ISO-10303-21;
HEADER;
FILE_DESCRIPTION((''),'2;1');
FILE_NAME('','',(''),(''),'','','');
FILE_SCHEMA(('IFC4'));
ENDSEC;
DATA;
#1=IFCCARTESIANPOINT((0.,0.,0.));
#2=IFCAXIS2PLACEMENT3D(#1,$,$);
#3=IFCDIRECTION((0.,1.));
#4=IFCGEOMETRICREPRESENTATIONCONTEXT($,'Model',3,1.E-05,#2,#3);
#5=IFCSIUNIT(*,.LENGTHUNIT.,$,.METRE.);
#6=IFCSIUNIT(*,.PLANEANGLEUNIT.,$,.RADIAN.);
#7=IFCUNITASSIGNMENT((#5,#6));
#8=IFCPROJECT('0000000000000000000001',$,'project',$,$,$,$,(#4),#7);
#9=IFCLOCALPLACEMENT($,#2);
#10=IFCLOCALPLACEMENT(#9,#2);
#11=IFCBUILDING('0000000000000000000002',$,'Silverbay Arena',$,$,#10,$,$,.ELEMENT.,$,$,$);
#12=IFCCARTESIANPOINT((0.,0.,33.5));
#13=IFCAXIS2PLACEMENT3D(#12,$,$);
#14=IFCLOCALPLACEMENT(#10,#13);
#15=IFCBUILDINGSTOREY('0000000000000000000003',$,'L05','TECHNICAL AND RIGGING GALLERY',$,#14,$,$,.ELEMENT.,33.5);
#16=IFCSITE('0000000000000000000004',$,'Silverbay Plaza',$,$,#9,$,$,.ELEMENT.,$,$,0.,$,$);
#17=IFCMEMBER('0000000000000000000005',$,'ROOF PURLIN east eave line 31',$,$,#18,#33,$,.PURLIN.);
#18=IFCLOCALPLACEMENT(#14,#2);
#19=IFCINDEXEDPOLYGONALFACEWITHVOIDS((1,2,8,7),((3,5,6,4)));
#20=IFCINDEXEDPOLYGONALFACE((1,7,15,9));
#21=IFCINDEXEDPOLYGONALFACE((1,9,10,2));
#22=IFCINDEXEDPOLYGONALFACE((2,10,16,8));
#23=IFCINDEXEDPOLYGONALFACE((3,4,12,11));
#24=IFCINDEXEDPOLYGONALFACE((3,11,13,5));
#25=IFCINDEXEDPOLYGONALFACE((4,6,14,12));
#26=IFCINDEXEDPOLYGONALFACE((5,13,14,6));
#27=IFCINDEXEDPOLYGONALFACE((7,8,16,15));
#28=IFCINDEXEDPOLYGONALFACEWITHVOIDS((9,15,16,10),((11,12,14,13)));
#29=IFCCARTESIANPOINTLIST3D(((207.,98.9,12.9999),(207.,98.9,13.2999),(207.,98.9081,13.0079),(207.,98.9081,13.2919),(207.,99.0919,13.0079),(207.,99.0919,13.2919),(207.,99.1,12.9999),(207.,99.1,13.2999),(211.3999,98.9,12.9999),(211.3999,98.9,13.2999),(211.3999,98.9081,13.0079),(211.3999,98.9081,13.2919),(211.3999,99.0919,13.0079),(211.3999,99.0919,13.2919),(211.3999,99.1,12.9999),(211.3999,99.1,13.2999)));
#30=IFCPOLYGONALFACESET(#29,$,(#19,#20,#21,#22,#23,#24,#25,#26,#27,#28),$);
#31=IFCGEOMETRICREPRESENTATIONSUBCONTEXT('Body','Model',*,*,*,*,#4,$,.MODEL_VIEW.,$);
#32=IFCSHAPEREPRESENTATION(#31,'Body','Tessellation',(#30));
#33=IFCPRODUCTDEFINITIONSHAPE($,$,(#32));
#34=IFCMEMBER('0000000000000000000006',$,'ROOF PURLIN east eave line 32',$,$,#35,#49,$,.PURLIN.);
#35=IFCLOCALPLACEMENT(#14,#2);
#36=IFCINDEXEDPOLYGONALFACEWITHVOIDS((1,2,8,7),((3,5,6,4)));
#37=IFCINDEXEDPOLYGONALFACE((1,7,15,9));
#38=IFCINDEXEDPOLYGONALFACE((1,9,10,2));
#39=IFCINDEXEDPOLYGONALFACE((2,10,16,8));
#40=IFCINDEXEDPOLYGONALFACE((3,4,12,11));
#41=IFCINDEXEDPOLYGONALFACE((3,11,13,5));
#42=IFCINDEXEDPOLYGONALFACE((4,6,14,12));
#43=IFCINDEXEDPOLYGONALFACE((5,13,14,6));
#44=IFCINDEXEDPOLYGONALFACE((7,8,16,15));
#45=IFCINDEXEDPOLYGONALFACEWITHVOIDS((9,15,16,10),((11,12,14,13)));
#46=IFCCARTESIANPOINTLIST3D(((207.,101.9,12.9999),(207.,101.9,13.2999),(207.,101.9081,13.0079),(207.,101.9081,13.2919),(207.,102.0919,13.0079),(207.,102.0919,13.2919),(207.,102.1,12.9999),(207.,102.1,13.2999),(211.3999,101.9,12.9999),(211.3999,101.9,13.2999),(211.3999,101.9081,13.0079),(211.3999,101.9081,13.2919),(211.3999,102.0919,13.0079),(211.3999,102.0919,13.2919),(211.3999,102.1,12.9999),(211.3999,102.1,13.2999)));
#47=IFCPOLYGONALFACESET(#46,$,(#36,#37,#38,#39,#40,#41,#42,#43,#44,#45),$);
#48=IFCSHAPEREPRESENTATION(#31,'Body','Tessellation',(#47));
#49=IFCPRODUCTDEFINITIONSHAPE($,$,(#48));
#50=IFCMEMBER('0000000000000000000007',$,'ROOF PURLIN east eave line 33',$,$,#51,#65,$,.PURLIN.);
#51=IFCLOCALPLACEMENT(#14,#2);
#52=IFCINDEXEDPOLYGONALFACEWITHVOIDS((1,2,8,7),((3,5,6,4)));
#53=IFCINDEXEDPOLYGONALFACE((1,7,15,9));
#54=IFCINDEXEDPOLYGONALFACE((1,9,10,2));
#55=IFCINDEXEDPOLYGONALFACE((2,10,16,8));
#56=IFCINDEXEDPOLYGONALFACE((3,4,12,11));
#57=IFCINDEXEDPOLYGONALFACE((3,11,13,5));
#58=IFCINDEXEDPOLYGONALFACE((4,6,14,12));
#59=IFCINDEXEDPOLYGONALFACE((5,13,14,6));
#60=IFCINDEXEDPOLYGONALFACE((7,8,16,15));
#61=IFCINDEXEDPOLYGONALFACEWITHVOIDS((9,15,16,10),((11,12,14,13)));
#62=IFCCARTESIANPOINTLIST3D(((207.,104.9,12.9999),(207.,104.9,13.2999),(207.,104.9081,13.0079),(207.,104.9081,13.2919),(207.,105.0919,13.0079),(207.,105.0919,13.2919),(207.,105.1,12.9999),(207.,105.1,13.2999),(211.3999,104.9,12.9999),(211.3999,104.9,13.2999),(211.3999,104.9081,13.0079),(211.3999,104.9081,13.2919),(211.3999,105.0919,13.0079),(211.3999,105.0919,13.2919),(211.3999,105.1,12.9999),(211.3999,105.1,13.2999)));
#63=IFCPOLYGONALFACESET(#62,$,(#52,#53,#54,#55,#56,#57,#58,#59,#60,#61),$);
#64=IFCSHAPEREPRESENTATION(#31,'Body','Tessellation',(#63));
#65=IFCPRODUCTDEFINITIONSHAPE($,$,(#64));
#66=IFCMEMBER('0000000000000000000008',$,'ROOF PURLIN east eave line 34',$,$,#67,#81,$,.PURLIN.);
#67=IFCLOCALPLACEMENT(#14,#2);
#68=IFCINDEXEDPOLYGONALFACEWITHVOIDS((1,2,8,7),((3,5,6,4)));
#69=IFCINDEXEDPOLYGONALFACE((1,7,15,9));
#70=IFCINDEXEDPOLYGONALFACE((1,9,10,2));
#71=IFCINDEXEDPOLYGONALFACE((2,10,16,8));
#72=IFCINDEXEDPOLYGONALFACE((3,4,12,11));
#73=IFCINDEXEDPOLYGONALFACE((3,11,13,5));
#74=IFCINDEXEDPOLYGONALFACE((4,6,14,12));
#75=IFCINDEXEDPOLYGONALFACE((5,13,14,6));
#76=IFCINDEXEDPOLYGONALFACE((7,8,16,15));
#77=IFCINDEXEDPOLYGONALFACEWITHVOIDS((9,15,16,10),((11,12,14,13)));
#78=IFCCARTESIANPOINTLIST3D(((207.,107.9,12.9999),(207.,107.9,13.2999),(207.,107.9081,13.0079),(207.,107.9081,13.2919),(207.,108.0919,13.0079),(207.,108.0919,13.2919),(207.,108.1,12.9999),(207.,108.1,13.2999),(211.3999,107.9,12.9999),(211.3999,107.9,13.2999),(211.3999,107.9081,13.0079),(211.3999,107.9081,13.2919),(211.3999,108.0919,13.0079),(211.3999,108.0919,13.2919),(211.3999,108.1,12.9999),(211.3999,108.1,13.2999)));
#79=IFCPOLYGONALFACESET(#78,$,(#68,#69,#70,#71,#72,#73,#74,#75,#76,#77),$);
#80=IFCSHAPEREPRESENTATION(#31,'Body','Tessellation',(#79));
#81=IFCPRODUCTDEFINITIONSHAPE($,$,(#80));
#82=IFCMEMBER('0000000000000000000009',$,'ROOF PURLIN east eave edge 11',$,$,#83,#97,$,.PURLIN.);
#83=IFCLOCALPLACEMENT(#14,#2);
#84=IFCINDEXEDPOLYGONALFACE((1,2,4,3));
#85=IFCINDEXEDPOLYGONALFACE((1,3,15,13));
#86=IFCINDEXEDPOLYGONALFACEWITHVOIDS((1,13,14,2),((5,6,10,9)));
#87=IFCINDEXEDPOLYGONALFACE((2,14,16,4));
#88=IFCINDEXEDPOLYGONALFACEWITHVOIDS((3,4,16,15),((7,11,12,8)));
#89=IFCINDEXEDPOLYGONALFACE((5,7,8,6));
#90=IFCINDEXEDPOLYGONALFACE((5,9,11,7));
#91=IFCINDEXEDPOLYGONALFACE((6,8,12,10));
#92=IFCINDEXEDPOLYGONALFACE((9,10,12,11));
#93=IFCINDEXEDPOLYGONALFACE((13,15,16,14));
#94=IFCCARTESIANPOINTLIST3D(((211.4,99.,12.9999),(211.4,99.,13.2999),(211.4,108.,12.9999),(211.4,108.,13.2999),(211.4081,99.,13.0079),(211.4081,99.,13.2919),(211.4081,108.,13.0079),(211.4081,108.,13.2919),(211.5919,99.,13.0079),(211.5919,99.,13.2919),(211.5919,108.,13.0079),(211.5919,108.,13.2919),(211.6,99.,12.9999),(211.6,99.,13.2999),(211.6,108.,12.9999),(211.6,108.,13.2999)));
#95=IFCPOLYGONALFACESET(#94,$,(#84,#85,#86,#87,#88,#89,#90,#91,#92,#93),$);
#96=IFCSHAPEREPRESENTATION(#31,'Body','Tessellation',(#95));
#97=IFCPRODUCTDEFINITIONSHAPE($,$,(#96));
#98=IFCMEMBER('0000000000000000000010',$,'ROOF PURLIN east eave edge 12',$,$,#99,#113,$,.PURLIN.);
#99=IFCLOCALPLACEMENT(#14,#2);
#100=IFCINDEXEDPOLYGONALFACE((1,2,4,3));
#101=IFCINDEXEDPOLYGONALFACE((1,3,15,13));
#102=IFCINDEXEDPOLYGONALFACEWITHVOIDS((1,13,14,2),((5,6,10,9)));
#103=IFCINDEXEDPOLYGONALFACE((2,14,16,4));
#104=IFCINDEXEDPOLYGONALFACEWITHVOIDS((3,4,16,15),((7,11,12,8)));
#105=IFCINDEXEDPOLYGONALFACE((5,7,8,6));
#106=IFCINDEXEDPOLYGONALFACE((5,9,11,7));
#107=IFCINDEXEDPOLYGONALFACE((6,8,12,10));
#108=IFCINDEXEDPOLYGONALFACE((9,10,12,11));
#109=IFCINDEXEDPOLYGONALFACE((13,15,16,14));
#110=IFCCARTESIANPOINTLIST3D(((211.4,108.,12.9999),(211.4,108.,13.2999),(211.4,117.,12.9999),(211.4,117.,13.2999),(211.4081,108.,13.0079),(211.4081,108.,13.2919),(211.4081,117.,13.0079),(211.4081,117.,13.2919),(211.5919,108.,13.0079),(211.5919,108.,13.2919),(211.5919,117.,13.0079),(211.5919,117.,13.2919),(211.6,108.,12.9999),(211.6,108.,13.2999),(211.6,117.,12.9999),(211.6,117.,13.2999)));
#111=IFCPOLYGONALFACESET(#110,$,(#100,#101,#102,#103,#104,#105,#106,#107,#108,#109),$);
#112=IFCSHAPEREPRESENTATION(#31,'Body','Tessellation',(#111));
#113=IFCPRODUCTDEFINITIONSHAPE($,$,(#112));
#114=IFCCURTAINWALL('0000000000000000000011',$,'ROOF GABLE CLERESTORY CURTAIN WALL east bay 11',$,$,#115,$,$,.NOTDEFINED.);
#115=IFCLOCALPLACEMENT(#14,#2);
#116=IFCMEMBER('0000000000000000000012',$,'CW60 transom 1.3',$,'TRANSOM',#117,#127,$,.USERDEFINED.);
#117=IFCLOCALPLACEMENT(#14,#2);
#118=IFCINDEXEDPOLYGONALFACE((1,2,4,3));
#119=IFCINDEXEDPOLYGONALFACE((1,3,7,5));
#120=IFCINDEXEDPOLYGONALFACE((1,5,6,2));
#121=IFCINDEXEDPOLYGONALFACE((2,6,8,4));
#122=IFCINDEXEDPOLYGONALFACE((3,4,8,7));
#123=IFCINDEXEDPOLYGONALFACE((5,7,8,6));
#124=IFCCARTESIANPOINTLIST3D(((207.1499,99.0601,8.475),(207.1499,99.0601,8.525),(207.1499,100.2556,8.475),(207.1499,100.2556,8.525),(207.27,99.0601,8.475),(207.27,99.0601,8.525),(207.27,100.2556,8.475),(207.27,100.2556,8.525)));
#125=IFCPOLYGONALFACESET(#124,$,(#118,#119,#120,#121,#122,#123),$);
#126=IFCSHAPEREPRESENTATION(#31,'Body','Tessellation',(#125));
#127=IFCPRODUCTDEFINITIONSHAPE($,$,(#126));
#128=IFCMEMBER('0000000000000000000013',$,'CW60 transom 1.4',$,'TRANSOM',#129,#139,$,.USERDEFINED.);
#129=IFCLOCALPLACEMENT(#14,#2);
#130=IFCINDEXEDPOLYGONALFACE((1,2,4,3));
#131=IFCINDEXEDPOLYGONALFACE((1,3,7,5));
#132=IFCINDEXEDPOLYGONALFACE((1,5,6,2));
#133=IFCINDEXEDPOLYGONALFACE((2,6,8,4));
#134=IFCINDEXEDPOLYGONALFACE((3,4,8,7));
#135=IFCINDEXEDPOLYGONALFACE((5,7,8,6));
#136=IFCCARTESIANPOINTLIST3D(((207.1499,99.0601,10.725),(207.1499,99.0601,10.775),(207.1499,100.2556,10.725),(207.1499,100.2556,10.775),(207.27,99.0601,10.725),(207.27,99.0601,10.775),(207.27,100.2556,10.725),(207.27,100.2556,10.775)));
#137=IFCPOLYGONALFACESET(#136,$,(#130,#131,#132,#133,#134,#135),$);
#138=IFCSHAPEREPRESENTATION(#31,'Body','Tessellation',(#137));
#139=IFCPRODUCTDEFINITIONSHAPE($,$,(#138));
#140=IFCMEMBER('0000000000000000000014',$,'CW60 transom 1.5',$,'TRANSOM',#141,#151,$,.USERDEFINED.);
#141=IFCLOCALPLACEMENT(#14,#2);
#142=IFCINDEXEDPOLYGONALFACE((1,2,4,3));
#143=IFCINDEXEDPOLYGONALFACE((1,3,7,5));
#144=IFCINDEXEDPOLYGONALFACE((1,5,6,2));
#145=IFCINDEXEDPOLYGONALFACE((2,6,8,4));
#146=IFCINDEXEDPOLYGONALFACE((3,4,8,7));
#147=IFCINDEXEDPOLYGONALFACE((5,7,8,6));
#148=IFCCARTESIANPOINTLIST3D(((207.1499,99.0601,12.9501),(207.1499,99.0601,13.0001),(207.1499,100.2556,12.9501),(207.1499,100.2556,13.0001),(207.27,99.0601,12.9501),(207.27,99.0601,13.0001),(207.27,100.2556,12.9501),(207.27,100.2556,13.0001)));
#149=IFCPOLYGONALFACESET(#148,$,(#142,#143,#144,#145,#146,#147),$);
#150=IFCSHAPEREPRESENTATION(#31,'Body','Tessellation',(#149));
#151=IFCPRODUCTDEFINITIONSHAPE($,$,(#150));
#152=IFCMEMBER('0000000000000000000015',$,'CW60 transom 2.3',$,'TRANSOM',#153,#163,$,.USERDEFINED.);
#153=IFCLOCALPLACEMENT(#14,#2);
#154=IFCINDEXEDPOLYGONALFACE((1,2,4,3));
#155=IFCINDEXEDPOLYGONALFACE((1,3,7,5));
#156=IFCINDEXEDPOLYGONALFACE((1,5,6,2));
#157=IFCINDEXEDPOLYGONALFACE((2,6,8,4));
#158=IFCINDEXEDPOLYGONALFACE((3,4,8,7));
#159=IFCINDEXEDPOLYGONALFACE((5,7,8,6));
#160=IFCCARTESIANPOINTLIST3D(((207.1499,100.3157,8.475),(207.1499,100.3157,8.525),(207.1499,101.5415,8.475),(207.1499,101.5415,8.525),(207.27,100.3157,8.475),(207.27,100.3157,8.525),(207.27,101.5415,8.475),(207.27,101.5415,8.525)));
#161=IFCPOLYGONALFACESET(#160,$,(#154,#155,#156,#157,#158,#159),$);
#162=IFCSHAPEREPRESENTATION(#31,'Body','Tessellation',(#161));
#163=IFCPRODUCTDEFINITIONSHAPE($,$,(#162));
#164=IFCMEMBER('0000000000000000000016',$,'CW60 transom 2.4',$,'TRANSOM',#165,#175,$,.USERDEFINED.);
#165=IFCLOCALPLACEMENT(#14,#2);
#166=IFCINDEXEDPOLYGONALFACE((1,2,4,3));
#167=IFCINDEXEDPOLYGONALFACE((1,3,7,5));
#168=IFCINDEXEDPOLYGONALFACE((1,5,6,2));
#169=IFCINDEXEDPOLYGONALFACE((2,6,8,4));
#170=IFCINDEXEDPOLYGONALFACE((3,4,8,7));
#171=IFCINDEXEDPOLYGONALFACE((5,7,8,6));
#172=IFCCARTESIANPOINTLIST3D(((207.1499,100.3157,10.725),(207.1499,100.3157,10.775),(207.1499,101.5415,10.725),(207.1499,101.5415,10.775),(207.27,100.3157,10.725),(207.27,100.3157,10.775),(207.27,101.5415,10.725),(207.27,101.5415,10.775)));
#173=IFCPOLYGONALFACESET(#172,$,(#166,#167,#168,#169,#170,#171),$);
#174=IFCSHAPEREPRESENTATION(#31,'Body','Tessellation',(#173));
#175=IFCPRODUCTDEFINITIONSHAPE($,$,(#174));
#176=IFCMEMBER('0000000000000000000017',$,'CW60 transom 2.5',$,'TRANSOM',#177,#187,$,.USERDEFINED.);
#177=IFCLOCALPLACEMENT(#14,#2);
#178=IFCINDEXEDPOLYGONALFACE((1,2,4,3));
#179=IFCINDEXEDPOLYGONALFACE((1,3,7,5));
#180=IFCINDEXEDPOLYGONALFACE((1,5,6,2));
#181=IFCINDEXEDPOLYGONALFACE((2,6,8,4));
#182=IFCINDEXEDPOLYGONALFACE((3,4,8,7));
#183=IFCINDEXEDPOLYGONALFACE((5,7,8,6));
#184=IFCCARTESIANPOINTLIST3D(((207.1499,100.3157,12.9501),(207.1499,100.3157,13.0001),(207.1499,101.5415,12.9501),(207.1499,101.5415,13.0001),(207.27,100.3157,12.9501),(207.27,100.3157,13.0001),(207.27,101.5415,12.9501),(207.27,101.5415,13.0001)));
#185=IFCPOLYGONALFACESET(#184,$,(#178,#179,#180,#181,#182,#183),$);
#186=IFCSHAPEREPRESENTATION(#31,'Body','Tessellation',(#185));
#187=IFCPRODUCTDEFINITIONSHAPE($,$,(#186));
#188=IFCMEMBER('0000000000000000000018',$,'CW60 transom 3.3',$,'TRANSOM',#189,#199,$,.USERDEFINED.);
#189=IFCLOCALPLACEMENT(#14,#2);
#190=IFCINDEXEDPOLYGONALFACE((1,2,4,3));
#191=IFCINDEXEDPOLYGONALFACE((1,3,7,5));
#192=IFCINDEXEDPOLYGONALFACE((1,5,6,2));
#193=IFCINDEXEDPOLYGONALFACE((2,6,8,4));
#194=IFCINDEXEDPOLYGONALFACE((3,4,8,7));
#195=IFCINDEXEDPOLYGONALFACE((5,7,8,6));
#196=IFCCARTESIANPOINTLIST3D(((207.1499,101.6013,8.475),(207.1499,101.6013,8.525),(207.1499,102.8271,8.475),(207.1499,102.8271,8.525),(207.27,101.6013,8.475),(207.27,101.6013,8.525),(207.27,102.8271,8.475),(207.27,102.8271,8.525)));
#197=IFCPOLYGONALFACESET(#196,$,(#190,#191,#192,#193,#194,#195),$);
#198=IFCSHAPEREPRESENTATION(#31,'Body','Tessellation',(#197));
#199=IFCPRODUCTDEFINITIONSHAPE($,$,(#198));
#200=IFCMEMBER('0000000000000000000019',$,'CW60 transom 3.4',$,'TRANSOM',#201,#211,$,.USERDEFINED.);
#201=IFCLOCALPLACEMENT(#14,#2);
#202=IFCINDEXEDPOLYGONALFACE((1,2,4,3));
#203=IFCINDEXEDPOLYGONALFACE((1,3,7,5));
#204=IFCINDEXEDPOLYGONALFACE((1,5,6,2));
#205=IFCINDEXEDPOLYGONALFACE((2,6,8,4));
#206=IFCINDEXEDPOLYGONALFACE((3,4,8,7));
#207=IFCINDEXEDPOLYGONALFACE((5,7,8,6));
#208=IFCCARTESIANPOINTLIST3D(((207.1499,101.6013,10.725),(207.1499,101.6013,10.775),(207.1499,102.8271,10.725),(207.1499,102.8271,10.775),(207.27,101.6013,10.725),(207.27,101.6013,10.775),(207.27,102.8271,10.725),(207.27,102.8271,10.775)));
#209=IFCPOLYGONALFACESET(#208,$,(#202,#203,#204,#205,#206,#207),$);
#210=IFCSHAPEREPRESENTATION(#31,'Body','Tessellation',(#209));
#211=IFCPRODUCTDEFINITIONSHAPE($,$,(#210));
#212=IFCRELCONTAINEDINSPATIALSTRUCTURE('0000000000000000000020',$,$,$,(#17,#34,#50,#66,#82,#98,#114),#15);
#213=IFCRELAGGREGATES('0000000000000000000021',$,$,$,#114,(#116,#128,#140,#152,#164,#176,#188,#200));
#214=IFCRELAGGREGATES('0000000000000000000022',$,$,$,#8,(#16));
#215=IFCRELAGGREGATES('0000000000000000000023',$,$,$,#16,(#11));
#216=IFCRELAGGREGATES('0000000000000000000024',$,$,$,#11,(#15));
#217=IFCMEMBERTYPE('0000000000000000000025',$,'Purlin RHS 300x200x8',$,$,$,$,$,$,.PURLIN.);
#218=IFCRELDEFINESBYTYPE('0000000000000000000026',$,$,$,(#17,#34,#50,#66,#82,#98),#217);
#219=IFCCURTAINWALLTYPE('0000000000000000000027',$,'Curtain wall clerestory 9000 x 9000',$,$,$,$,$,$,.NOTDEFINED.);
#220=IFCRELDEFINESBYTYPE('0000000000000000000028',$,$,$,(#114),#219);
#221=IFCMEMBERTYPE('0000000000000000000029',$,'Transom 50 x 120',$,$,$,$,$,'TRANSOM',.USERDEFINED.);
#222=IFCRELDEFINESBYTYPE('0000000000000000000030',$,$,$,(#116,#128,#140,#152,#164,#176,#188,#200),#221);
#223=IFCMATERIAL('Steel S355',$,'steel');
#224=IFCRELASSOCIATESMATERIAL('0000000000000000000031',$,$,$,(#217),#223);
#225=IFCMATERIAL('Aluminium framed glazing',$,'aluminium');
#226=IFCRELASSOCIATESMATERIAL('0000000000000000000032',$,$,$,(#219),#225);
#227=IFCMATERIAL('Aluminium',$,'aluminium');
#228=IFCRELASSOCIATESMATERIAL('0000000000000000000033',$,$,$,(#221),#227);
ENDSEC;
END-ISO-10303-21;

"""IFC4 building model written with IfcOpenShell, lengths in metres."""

from ifc_helpers import new_model, si_unit, direction, frame, origin, origin_2d, place, context, subcontext, project, spatial, rectangle, hollow_rectangle, extrude, material, material_profile, profile_set, type_object, element, aggregate, save


model = new_model("IFC4")

# Units and contexts
model_context = context("Model", 3, precision=1e-05, world=origin(), true_north=direction((0.0, 1.0)))
body_context = subcontext(model_context, "Body", "Model", "MODEL_VIEW")
ifc_project = project(units=[si_unit("LENGTHUNIT", "METRE"), si_unit("PLANEANGLEUNIT", "RADIAN")], contexts=[model_context])

# Site, building, storey
site_placement = place(None, origin())
site = spatial("IfcSite", under=ifc_project, at=site_placement, Name="Silverbay Plaza", CompositionType="ELEMENT", RefElevation=0.0)
building_placement = place(site_placement, origin())
building = spatial("IfcBuilding", under=site, at=building_placement, Name="Silverbay Arena", CompositionType="ELEMENT")
storey_placement = place(building_placement, frame((0.0, 0.0, 33.5)))
storey = spatial("IfcBuildingStorey", under=building, at=storey_placement, Name="L05", Description="TECHNICAL AND RIGGING GALLERY", CompositionType="ELEMENT", Elevation=33.5)

# Members
ifc_material_1 = material(Name="Steel S355", Category="steel")
ifc_material_profile_1 = material_profile(ifc_material_1, hollow_rectangle(XDim=0.2, YDim=0.3, WallThickness=0.0081, at=origin_2d()), Name="RHS 300x200x8")
ifc_profile_set_1 = profile_set([ifc_material_profile_1], Name="Steel S355")
member_type_1 = type_object("IfcMemberType", Name="Purlin RHS 300x200x8", PredefinedType="PURLIN", material=ifc_profile_set_1)
for number, where, z_axis, x_axis, name in (
    (1, (211.3999, 99.0, 13.1499), (-1.0, 0.0, 0.0), (0.0, -1.0, 0.0), "ROOF PURLIN east eave line 31"),
    (2, (211.3999, 102.0, 13.1499), (-1.0, 0.0, 0.0), (0.0, -1.0, 0.0), "ROOF PURLIN east eave line 32"),
    (3, (211.3999, 105.0, 13.1499), (-1.0, 0.0, 0.0), (0.0, -1.0, 0.0), "ROOF PURLIN east eave line 33"),
    (4, (211.3999, 108.0, 13.1499), (-1.0, 0.0, 0.0), (0.0, -1.0, 0.0), "ROOF PURLIN east eave line 34"),
):
    element("IfcMember", number, at=place(storey_placement, frame(where, z_axis=z_axis, x_axis=x_axis)), inside=storey, type_object=member_type_1, Name=name, PredefinedType="PURLIN", context=body_context, shape_type="SweptSolid", body=[
        extrude(hollow_rectangle(XDim=0.2, YDim=0.3, WallThickness=0.0081, at=origin_2d()), origin(), (0.0, 0.0, 1.0), 4.3999),
    ])
for number, where, z_axis, x_axis, name in (
    (5, (211.5, 99.0, 13.1499), (0.0, 1.0, 0.0), (-1.0, 0.0, 0.0), "ROOF PURLIN east eave edge 11"),
    (6, (211.5, 108.0, 13.1499), (0.0, 1.0, 0.0), (-1.0, 0.0, 0.0), "ROOF PURLIN east eave edge 12"),
):
    element("IfcMember", number, at=place(storey_placement, frame(where, z_axis=z_axis, x_axis=x_axis)), inside=storey, type_object=member_type_1, Name=name, PredefinedType="PURLIN", context=body_context, shape_type="SweptSolid", body=[
        extrude(hollow_rectangle(XDim=0.2, YDim=0.3, WallThickness=0.0081, at=origin_2d()), origin(), (0.0, 0.0, 1.0), 9.0),
    ])

# Curtain wall, members
ifc_material_2 = material(Name="Aluminium framed glazing", Category="aluminium")
curtain_wall_type = type_object("IfcCurtainWallType", Name="Curtain wall clerestory 9000 x 9000", PredefinedType="NOTDEFINED", material=ifc_material_2)
curtain_wall_1_placement = place(storey_placement, origin())
curtain_wall_1 = element("IfcCurtainWall", 7, at=curtain_wall_1_placement, inside=storey, type_object=curtain_wall_type, Name="ROOF GABLE CLERESTORY CURTAIN WALL east bay 11", PredefinedType="NOTDEFINED")
ifc_material_3 = material(Name="Aluminium", Category="aluminium")
ifc_material_profile_2 = material_profile(ifc_material_3, rectangle(XDim=0.1201, YDim=0.05, at=origin_2d()), Name="Transom 50 x 120")
ifc_profile_set_2 = profile_set([ifc_material_profile_2], Name="Aluminium")
member_type_2 = type_object("IfcMemberType", Name="Transom 50 x 120", ElementType="TRANSOM", PredefinedType="USERDEFINED", material=ifc_profile_set_2)
member_1_placement = place(storey_placement, frame((207.21, 99.0601, 8.5), z_axis=(0.0, 1.0, 0.0), x_axis=(-1.0, 0.0, 0.0)))
member_1 = element("IfcMember", 8, at=member_1_placement, type_object=member_type_2, Name="CW60 transom 1.3", ObjectType="TRANSOM", PredefinedType="USERDEFINED", context=body_context, shape_type="SweptSolid", body=[
    extrude(rectangle(XDim=0.1201, YDim=0.05, at=origin_2d()), origin(), (0.0, 0.0, 1.0), 1.1956),
])
member_2_placement = place(storey_placement, frame((207.21, 99.0601, 10.75), z_axis=(0.0, 1.0, 0.0), x_axis=(-1.0, 0.0, 0.0)))
member_2 = element("IfcMember", 9, at=member_2_placement, type_object=member_type_2, Name="CW60 transom 1.4", ObjectType="TRANSOM", PredefinedType="USERDEFINED", context=body_context, shape_type="SweptSolid", body=[
    extrude(rectangle(XDim=0.1201, YDim=0.05, at=origin_2d()), origin(), (0.0, 0.0, 1.0), 1.1956),
])
member_3_placement = place(storey_placement, frame((207.21, 99.0601, 12.9751), z_axis=(0.0, 1.0, 0.0), x_axis=(-1.0, 0.0, 0.0)))
member_3 = element("IfcMember", 10, at=member_3_placement, type_object=member_type_2, Name="CW60 transom 1.5", ObjectType="TRANSOM", PredefinedType="USERDEFINED", context=body_context, shape_type="SweptSolid", body=[
    extrude(rectangle(XDim=0.1201, YDim=0.05, at=origin_2d()), origin(), (0.0, 0.0, 1.0), 1.1956),
])
member_4_placement = place(storey_placement, frame((207.21, 100.3157, 8.5), z_axis=(0.0, 1.0, 0.0), x_axis=(-1.0, 0.0, 0.0)))
member_4 = element("IfcMember", 11, at=member_4_placement, type_object=member_type_2, Name="CW60 transom 2.3", ObjectType="TRANSOM", PredefinedType="USERDEFINED", context=body_context, shape_type="SweptSolid", body=[
    extrude(rectangle(XDim=0.1201, YDim=0.05, at=origin_2d()), origin(), (0.0, 0.0, 1.0), 1.2258),
])
member_5_placement = place(storey_placement, frame((207.21, 100.3157, 10.75), z_axis=(0.0, 1.0, 0.0), x_axis=(-1.0, 0.0, 0.0)))
member_5 = element("IfcMember", 12, at=member_5_placement, type_object=member_type_2, Name="CW60 transom 2.4", ObjectType="TRANSOM", PredefinedType="USERDEFINED", context=body_context, shape_type="SweptSolid", body=[
    extrude(rectangle(XDim=0.1201, YDim=0.05, at=origin_2d()), origin(), (0.0, 0.0, 1.0), 1.2258),
])
member_6_placement = place(storey_placement, frame((207.21, 100.3157, 12.9751), z_axis=(0.0, 1.0, 0.0), x_axis=(-1.0, 0.0, 0.0)))
member_6 = element("IfcMember", 13, at=member_6_placement, type_object=member_type_2, Name="CW60 transom 2.5", ObjectType="TRANSOM", PredefinedType="USERDEFINED", context=body_context, shape_type="SweptSolid", body=[
    extrude(rectangle(XDim=0.1201, YDim=0.05, at=origin_2d()), origin(), (0.0, 0.0, 1.0), 1.2258),
])
member_7_placement = place(storey_placement, frame((207.21, 101.6013, 8.5), z_axis=(0.0, 1.0, 0.0), x_axis=(-1.0, 0.0, 0.0)))
member_7 = element("IfcMember", 14, at=member_7_placement, type_object=member_type_2, Name="CW60 transom 3.3", ObjectType="TRANSOM", PredefinedType="USERDEFINED", context=body_context, shape_type="SweptSolid", body=[
    extrude(rectangle(XDim=0.1201, YDim=0.05, at=origin_2d()), origin(), (0.0, 0.0, 1.0), 1.2258),
])
member_8_placement = place(storey_placement, frame((207.21, 101.6013, 10.75), z_axis=(0.0, 1.0, 0.0), x_axis=(-1.0, 0.0, 0.0)))
member_8 = element("IfcMember", 15, at=member_8_placement, type_object=member_type_2, Name="CW60 transom 3.4", ObjectType="TRANSOM", PredefinedType="USERDEFINED", context=body_context, shape_type="SweptSolid", body=[
    extrude(rectangle(XDim=0.1201, YDim=0.05, at=origin_2d()), origin(), (0.0, 0.0, 1.0), 1.2258),
])
aggregate(curtain_wall_1, [member_1, member_2, member_3, member_4, member_5, member_6, member_7, member_8])

save(model, "model.ifc")
